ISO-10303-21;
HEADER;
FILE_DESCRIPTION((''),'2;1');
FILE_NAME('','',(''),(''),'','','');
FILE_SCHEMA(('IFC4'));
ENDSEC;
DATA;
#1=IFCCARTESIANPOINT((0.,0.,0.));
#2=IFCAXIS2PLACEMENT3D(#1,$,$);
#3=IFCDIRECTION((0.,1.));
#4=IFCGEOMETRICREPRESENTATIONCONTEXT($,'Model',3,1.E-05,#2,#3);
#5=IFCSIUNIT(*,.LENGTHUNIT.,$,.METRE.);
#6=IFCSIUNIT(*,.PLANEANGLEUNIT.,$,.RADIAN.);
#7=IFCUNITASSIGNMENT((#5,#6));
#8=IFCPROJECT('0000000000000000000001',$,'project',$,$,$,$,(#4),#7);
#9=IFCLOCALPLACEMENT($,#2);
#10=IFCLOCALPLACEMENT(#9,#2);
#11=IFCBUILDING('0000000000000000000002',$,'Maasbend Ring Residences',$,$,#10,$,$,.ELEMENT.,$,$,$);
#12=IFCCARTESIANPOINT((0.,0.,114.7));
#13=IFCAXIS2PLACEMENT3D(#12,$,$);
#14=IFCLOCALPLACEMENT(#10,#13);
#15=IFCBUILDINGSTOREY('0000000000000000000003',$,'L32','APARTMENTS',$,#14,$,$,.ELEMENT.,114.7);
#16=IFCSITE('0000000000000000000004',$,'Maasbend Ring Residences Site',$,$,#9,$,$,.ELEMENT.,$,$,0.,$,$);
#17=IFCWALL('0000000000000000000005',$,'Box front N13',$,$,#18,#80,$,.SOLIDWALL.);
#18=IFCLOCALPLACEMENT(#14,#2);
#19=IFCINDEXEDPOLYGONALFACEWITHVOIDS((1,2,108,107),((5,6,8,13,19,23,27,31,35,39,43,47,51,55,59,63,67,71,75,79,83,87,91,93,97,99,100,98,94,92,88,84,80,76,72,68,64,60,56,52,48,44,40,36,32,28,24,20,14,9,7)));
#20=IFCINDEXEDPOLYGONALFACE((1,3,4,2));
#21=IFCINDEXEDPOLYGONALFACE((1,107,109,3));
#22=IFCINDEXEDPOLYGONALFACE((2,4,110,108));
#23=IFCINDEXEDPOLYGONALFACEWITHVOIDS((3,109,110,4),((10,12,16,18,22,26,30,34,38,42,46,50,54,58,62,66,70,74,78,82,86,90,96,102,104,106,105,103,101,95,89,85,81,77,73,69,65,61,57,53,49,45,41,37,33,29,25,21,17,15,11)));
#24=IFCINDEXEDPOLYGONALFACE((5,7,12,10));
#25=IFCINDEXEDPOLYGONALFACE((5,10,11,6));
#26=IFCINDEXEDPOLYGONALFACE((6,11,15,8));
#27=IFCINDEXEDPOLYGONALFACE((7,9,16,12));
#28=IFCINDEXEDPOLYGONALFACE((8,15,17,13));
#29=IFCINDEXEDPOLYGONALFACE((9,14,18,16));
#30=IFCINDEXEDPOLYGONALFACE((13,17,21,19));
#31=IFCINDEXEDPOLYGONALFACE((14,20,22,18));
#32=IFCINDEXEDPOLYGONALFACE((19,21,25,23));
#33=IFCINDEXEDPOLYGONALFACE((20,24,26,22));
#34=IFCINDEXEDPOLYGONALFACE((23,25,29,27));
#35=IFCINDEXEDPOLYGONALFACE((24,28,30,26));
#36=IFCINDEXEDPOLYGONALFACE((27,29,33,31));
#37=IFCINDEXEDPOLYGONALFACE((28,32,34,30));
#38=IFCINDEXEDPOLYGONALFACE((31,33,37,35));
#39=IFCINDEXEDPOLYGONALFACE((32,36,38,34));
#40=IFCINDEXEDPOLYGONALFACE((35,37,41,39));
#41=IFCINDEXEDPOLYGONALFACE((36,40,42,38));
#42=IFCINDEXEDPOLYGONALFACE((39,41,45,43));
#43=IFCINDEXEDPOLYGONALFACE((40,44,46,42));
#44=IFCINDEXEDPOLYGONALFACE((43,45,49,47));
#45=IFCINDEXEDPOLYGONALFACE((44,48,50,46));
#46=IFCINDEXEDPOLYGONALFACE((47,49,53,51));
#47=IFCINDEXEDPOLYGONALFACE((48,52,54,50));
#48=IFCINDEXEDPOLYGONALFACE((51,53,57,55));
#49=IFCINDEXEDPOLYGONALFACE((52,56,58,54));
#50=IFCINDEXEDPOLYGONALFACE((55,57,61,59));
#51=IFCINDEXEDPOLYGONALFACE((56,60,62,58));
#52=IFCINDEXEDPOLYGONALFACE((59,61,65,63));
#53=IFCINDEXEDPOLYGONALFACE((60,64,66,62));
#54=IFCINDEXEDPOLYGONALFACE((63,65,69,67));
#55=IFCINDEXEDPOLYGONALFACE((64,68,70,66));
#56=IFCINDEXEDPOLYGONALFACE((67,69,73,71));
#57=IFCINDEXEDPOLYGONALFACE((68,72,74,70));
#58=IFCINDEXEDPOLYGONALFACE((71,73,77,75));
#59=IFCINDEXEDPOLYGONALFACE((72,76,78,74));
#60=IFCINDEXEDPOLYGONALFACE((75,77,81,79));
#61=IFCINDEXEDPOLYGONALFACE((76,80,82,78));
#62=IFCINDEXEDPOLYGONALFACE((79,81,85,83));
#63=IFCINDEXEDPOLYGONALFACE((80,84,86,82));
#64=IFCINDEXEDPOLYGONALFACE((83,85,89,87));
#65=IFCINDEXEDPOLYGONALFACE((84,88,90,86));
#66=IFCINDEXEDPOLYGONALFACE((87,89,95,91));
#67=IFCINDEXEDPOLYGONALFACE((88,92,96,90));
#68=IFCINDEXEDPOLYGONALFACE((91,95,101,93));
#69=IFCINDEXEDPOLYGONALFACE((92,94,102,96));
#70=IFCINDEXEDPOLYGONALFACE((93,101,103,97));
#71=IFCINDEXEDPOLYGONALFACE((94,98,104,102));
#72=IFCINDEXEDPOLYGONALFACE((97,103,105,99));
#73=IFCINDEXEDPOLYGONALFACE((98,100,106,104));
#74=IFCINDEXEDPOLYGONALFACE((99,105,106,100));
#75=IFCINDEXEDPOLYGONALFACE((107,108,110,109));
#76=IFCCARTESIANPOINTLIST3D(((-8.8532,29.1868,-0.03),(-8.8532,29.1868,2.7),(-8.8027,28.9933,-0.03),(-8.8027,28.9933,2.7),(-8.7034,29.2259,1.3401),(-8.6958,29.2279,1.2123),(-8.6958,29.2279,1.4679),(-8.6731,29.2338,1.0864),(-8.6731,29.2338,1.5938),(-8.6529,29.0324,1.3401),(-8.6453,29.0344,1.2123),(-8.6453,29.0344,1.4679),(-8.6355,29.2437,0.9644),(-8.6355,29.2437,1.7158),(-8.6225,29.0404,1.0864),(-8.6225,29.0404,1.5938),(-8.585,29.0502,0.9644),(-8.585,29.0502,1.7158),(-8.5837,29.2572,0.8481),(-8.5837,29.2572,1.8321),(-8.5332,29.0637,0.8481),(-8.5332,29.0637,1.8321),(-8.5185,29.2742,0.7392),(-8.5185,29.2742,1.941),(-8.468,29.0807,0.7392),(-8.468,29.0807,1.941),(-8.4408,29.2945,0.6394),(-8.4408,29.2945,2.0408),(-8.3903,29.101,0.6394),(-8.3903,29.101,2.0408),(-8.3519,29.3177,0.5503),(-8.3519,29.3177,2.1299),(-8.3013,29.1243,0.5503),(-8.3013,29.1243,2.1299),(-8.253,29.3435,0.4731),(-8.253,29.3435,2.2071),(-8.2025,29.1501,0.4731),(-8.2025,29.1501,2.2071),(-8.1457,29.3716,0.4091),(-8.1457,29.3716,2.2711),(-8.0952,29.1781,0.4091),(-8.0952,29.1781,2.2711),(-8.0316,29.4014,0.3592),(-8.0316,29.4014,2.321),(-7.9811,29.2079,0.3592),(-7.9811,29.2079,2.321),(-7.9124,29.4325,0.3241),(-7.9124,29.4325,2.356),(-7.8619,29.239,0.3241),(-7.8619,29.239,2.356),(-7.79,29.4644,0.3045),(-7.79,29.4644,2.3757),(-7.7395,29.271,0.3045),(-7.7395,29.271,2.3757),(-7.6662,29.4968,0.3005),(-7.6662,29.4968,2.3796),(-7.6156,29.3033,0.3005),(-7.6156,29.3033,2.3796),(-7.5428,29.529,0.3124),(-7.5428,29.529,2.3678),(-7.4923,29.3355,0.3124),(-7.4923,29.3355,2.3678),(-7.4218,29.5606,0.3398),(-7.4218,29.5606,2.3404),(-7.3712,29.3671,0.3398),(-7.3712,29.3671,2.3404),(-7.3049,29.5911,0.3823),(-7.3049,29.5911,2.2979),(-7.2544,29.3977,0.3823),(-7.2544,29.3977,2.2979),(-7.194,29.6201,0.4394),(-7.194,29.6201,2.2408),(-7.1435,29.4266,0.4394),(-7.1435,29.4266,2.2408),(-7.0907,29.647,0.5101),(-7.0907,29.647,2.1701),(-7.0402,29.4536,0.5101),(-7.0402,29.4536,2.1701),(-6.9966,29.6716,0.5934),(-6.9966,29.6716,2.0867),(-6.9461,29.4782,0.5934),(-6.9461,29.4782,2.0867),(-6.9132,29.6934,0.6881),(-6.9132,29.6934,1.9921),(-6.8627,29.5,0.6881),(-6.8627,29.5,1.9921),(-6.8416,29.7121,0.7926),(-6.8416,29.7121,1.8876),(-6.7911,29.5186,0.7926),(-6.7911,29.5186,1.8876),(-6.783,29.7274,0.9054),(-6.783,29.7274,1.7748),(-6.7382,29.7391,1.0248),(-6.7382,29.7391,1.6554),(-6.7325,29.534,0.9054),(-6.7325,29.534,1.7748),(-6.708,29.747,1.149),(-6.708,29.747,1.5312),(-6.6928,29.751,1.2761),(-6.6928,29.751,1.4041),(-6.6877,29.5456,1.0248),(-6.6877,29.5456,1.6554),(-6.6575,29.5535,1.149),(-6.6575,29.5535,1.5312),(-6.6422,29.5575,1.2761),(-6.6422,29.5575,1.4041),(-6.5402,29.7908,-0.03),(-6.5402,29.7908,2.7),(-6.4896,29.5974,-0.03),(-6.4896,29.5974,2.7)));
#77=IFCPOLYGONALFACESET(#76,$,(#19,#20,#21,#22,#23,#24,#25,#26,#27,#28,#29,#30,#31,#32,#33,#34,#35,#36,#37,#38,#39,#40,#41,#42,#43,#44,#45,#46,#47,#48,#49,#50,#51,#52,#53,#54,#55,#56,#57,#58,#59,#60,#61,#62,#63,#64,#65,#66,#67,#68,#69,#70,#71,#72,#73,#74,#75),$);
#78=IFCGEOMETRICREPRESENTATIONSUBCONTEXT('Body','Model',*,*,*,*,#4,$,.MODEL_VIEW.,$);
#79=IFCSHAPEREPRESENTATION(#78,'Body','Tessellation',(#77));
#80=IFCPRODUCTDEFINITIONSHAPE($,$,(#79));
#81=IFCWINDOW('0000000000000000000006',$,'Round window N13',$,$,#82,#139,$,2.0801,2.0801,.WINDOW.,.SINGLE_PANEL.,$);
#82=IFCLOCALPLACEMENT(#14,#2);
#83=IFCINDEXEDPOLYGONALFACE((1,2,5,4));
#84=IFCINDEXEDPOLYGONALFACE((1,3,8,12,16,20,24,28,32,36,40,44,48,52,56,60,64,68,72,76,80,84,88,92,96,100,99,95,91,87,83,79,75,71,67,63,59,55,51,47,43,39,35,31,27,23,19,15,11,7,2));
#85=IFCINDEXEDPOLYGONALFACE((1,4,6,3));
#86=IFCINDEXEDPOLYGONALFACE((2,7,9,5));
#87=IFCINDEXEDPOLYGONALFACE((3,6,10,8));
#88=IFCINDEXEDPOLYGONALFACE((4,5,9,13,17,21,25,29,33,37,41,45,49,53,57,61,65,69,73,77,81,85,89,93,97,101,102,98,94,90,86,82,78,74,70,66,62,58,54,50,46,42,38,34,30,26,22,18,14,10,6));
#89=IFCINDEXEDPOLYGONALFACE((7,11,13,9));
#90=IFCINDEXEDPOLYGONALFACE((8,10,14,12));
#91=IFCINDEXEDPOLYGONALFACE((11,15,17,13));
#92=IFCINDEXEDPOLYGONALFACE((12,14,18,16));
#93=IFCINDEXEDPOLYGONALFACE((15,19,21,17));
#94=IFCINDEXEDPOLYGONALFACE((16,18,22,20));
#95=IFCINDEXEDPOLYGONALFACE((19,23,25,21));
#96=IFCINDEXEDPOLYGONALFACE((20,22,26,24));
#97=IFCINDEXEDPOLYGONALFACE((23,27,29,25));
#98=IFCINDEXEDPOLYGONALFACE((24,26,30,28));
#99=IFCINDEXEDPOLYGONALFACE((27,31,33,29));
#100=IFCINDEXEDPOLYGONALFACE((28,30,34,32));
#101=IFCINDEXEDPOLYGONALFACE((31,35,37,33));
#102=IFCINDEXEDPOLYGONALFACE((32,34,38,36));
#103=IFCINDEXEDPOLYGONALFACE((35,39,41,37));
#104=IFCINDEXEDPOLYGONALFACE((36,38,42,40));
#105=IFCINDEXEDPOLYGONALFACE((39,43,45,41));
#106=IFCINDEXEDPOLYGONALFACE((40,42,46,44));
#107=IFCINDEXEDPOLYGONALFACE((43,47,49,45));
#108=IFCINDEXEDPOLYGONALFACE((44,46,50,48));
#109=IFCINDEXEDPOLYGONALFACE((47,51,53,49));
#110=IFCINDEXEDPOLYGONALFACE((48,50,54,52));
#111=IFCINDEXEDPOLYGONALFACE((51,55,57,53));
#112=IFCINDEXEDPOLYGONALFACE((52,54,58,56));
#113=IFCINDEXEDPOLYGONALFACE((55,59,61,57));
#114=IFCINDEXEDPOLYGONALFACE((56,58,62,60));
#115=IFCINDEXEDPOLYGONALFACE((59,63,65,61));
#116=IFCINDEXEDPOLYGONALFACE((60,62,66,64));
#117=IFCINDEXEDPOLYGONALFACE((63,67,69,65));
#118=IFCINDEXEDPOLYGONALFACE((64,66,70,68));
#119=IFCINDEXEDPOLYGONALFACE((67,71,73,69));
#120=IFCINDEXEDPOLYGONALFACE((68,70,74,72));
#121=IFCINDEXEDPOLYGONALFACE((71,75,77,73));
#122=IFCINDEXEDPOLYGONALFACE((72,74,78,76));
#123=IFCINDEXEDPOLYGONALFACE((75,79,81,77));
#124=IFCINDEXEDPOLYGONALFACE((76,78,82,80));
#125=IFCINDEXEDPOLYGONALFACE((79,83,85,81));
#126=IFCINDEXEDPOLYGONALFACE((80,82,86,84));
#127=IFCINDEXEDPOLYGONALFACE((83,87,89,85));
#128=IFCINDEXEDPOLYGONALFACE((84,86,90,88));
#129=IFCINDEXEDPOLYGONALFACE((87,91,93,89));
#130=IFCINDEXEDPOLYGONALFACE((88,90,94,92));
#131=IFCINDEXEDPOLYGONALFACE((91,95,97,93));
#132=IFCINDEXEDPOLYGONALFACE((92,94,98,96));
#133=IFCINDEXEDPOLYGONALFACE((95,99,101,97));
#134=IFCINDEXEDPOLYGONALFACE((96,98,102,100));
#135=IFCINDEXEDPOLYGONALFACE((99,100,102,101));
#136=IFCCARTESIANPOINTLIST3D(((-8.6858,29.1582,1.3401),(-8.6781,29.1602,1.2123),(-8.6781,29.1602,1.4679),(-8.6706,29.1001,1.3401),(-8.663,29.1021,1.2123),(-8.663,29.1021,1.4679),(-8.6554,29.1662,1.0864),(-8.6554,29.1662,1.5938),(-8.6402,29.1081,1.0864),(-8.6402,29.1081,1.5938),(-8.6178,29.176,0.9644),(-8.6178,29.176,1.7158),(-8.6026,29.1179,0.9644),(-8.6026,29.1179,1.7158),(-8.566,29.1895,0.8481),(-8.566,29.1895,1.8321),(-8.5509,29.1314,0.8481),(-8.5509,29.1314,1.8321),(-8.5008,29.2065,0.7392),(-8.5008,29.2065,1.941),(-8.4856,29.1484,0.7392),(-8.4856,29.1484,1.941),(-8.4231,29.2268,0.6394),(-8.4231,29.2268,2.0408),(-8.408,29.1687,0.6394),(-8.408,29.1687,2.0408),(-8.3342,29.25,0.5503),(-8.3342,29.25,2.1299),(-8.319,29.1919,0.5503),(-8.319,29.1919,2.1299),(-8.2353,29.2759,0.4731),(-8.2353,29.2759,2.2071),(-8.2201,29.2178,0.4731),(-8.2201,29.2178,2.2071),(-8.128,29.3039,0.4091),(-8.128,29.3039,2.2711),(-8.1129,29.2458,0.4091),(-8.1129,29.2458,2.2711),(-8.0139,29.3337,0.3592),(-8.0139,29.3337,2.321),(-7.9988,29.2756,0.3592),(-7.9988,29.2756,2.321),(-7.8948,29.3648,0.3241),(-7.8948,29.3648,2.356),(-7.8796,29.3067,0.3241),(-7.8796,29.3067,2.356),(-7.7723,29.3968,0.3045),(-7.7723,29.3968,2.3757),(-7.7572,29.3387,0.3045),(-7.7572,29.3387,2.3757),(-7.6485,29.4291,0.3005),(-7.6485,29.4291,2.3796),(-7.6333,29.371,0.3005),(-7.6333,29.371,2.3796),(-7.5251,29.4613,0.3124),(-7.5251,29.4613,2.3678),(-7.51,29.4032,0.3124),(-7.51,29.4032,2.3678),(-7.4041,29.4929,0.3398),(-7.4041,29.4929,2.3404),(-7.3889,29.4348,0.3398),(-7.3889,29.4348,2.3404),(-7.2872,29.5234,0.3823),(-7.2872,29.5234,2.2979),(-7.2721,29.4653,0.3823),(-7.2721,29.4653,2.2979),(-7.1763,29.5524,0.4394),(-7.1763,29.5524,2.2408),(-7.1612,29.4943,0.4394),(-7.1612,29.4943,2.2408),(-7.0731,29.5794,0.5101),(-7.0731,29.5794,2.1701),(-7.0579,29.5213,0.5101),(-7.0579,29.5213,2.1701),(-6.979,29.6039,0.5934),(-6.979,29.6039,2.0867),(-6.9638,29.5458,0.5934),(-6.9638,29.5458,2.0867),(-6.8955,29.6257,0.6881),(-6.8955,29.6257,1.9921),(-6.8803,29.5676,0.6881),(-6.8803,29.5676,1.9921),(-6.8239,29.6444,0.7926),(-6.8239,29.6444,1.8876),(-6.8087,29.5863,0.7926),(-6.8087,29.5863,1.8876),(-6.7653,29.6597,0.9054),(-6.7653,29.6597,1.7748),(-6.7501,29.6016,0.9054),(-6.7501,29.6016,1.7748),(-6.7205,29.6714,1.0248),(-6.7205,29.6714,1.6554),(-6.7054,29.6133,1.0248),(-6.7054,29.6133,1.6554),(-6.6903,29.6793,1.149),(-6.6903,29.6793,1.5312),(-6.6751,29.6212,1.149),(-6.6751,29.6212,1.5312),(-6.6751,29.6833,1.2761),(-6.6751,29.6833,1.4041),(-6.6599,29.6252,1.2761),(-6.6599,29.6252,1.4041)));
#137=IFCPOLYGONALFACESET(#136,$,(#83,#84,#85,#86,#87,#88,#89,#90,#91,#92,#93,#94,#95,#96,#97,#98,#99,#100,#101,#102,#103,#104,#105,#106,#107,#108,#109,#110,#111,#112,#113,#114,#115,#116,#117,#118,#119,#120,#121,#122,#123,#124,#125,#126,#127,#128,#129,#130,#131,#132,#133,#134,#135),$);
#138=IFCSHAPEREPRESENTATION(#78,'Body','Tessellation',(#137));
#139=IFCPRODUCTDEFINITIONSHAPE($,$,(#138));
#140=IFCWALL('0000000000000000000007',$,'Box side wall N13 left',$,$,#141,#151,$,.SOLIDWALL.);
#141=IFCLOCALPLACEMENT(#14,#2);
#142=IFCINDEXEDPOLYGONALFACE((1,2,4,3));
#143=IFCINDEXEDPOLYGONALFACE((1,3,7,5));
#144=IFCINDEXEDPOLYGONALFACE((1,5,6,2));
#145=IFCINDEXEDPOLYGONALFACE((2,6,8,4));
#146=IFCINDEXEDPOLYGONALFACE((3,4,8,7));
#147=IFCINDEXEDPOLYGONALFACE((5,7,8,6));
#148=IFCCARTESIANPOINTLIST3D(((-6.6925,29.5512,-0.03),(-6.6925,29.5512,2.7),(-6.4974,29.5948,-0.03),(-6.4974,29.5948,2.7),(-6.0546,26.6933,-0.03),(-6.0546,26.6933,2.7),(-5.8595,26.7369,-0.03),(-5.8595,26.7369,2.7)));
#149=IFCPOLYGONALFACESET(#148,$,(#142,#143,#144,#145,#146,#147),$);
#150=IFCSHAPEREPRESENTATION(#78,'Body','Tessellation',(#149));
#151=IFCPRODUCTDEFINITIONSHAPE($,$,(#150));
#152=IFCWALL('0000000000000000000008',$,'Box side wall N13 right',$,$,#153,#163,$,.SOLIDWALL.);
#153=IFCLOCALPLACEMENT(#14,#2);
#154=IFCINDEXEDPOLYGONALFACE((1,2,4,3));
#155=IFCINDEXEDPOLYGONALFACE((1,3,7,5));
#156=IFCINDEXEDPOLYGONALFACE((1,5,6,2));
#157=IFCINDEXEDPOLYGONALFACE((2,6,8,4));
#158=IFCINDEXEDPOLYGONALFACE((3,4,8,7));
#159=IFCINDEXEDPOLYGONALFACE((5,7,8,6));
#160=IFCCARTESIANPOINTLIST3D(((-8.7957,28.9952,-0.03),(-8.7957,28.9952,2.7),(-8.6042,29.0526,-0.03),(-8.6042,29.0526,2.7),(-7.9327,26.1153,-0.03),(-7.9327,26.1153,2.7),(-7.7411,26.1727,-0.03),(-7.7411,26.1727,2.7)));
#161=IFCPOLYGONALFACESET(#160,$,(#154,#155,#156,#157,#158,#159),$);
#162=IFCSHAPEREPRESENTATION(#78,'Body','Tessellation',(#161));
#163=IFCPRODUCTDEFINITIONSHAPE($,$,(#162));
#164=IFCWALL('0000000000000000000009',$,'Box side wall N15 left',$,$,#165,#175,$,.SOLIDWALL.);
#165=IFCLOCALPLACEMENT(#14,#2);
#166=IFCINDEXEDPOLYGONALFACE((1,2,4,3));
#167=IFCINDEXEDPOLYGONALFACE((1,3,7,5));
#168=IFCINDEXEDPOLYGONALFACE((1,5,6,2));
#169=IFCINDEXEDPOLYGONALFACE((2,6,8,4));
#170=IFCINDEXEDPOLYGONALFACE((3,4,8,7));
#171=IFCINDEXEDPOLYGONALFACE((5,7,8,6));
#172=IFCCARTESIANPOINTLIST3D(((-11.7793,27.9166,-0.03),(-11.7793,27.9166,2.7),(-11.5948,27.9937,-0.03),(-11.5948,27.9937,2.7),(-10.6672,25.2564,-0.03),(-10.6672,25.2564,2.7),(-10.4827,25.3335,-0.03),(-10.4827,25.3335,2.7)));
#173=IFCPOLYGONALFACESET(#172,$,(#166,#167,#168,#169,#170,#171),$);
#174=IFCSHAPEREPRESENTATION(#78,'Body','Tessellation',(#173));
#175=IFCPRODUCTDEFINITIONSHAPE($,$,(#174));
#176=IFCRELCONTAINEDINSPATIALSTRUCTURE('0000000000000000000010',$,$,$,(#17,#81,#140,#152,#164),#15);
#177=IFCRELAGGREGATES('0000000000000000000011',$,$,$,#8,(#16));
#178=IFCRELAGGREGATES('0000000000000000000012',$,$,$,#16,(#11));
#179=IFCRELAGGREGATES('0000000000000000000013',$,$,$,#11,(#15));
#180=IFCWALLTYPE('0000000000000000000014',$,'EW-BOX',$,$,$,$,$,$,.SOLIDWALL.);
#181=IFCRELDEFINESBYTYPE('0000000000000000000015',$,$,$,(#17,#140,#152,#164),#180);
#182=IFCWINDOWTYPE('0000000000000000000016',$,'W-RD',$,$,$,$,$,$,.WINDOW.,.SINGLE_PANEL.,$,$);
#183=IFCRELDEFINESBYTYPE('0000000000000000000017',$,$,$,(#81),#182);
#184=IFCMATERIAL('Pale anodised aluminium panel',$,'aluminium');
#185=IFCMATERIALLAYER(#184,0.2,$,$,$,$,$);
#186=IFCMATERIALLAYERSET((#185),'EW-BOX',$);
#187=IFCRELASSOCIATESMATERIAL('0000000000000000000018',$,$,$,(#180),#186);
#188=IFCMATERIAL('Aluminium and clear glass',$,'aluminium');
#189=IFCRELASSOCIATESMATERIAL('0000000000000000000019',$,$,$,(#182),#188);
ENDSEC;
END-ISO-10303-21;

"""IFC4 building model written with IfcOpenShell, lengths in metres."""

from ifc_helpers import new_model, si_unit, direction, frame, frame_2d, origin, place, context, subcontext, project, spatial, rectangle, circle, extrude, material, layer, layer_set, type_object, element, fill, save


model = new_model("IFC4")

# Units and contexts
model_context = context("Model", 3, precision=1e-05, world=origin(), true_north=direction((0.0, 1.0)))
body_context = subcontext(model_context, "Body", "Model", "MODEL_VIEW")
ifc_project = project(units=[si_unit("LENGTHUNIT", "METRE"), si_unit("PLANEANGLEUNIT", "RADIAN")], contexts=[model_context])

# Site, building, storey
site_placement = place(None, origin())
site = spatial("IfcSite", under=ifc_project, at=site_placement, Name="Maasbend Ring Residences Site", CompositionType="ELEMENT", RefElevation=0.0)
building_placement = place(site_placement, origin())
building = spatial("IfcBuilding", under=site, at=building_placement, Name="Maasbend Ring Residences", CompositionType="ELEMENT")
storey_placement = place(building_placement, frame((0.0, 0.0, 114.7)))
storey = spatial("IfcBuildingStorey", under=building, at=storey_placement, Name="L32", Description="APARTMENTS", CompositionType="ELEMENT", Elevation=114.7)

# Shared definitions
ifc_material_1 = material(Name="Pale anodised aluminium panel", Category="aluminium")
ifc_layer_1 = layer(ifc_material_1, 0.2)
ifc_layer_set_1 = layer_set([ifc_layer_1], Name="EW-BOX")
wall_type_1 = type_object("IfcWallType", Name="EW-BOX", PredefinedType="SOLIDWALL", material=ifc_layer_set_1)

# Wall, opening, window
wall_1_placement = place(storey_placement, frame((-6.5149, 29.6941, -0.03), z_axis=(0.0, 0.0, 1.0), x_axis=(-0.967554, -0.252663, 0.0)))
wall_1 = element("IfcWall", 1, at=wall_1_placement, inside=storey, type_object=wall_type_1, Name="Box front N13", PredefinedType="SOLIDWALL", context=body_context, shape_type="SweptSolid", body=[
    extrude(rectangle(XDim=2.3906, YDim=0.2, at=frame_2d((1.1953, 0.0))), origin(), (0.0, 0.0, 1.0), 2.73),
])
opening_1_placement = place(wall_1_placement, frame((0.1558, 0.0, 0.3301)))
opening_1 = element("IfcOpeningElement", 2, at=opening_1_placement, cuts=wall_1, PredefinedType="OPENING", context=body_context, shape_type="SweptSolid", body=[
    extrude(circle(Radius=1.04, at=frame_2d((1.04, 1.04))), frame((0.0, 0.1099, 0.0), z_axis=(0.0, -1.0, 0.0), x_axis=(1.0, 0.0, 0.0)), (0.0, 0.0, 1.0), 0.22),
])
ifc_material_2 = material(Name="Aluminium and clear glass", Category="aluminium")
window_type_1 = type_object("IfcWindowType", Name="W-RD", PartitioningType="SINGLE_PANEL", PredefinedType="WINDOW", material=ifc_material_2)
window_1_placement = place(opening_1_placement, origin())
window_1 = element("IfcWindow", 3, at=window_1_placement, inside=storey, type_object=window_type_1, Name="Round window N13", OverallHeight=2.0801, OverallWidth=2.0801, PartitioningType="SINGLE_PANEL", PredefinedType="WINDOW", context=body_context, shape_type="SweptSolid", body=[
    extrude(circle(Radius=1.04, at=frame_2d((1.04, 1.04))), frame((0.0, 0.03, 0.0), z_axis=(0.0, -1.0, 0.0), x_axis=(1.0, 0.0, 0.0)), (0.0, 0.0, 1.0), 0.0601),
])
fill(opening_1, window_1)

# Walls
wall_2_placement = place(storey_placement, frame((-5.957, 26.7151, -0.03), z_axis=(0.0, 0.0, 1.0), x_axis=(-0.217857, 0.975981, 0.0)))
element("IfcWall", 4, at=wall_2_placement, inside=storey, type_object=wall_type_1, Name="Box side wall N13 left", PredefinedType="SOLIDWALL", context=body_context, shape_type="SweptSolid", body=[
    extrude(rectangle(XDim=2.9282, YDim=0.2, at=frame_2d((1.4641, 0.0))), origin(), (0.0, 0.0, 1.0), 2.73),
])
wall_3_placement = place(storey_placement, frame((-7.8369, 26.144, -0.03), z_axis=(0.0, 0.0, 1.0), x_axis=(-0.287065, 0.957911, 0.0)))
element("IfcWall", 5, at=wall_3_placement, inside=storey, type_object=wall_type_1, Name="Box side wall N13 right", PredefinedType="SOLIDWALL", context=body_context, shape_type="SweptSolid", body=[
    extrude(rectangle(XDim=3.0063, YDim=0.2, at=frame_2d((1.5032, 0.0))), origin(), (0.0, 0.0, 1.0), 2.73),
])
wall_4_placement = place(storey_placement, frame((-10.575, 25.2949, -0.03), z_axis=(0.0, 0.0, 1.0), x_axis=(-0.385697, 0.922625, 0.0)))
element("IfcWall", 6, at=wall_4_placement, inside=storey, type_object=wall_type_1, Name="Box side wall N15 left", PredefinedType="SOLIDWALL", context=body_context, shape_type="SweptSolid", body=[
    extrude(rectangle(XDim=2.8833, YDim=0.2, at=frame_2d((1.4417, 0.0))), origin(), (0.0, 0.0, 1.0), 2.73),
])

save(model, "model.ifc")
